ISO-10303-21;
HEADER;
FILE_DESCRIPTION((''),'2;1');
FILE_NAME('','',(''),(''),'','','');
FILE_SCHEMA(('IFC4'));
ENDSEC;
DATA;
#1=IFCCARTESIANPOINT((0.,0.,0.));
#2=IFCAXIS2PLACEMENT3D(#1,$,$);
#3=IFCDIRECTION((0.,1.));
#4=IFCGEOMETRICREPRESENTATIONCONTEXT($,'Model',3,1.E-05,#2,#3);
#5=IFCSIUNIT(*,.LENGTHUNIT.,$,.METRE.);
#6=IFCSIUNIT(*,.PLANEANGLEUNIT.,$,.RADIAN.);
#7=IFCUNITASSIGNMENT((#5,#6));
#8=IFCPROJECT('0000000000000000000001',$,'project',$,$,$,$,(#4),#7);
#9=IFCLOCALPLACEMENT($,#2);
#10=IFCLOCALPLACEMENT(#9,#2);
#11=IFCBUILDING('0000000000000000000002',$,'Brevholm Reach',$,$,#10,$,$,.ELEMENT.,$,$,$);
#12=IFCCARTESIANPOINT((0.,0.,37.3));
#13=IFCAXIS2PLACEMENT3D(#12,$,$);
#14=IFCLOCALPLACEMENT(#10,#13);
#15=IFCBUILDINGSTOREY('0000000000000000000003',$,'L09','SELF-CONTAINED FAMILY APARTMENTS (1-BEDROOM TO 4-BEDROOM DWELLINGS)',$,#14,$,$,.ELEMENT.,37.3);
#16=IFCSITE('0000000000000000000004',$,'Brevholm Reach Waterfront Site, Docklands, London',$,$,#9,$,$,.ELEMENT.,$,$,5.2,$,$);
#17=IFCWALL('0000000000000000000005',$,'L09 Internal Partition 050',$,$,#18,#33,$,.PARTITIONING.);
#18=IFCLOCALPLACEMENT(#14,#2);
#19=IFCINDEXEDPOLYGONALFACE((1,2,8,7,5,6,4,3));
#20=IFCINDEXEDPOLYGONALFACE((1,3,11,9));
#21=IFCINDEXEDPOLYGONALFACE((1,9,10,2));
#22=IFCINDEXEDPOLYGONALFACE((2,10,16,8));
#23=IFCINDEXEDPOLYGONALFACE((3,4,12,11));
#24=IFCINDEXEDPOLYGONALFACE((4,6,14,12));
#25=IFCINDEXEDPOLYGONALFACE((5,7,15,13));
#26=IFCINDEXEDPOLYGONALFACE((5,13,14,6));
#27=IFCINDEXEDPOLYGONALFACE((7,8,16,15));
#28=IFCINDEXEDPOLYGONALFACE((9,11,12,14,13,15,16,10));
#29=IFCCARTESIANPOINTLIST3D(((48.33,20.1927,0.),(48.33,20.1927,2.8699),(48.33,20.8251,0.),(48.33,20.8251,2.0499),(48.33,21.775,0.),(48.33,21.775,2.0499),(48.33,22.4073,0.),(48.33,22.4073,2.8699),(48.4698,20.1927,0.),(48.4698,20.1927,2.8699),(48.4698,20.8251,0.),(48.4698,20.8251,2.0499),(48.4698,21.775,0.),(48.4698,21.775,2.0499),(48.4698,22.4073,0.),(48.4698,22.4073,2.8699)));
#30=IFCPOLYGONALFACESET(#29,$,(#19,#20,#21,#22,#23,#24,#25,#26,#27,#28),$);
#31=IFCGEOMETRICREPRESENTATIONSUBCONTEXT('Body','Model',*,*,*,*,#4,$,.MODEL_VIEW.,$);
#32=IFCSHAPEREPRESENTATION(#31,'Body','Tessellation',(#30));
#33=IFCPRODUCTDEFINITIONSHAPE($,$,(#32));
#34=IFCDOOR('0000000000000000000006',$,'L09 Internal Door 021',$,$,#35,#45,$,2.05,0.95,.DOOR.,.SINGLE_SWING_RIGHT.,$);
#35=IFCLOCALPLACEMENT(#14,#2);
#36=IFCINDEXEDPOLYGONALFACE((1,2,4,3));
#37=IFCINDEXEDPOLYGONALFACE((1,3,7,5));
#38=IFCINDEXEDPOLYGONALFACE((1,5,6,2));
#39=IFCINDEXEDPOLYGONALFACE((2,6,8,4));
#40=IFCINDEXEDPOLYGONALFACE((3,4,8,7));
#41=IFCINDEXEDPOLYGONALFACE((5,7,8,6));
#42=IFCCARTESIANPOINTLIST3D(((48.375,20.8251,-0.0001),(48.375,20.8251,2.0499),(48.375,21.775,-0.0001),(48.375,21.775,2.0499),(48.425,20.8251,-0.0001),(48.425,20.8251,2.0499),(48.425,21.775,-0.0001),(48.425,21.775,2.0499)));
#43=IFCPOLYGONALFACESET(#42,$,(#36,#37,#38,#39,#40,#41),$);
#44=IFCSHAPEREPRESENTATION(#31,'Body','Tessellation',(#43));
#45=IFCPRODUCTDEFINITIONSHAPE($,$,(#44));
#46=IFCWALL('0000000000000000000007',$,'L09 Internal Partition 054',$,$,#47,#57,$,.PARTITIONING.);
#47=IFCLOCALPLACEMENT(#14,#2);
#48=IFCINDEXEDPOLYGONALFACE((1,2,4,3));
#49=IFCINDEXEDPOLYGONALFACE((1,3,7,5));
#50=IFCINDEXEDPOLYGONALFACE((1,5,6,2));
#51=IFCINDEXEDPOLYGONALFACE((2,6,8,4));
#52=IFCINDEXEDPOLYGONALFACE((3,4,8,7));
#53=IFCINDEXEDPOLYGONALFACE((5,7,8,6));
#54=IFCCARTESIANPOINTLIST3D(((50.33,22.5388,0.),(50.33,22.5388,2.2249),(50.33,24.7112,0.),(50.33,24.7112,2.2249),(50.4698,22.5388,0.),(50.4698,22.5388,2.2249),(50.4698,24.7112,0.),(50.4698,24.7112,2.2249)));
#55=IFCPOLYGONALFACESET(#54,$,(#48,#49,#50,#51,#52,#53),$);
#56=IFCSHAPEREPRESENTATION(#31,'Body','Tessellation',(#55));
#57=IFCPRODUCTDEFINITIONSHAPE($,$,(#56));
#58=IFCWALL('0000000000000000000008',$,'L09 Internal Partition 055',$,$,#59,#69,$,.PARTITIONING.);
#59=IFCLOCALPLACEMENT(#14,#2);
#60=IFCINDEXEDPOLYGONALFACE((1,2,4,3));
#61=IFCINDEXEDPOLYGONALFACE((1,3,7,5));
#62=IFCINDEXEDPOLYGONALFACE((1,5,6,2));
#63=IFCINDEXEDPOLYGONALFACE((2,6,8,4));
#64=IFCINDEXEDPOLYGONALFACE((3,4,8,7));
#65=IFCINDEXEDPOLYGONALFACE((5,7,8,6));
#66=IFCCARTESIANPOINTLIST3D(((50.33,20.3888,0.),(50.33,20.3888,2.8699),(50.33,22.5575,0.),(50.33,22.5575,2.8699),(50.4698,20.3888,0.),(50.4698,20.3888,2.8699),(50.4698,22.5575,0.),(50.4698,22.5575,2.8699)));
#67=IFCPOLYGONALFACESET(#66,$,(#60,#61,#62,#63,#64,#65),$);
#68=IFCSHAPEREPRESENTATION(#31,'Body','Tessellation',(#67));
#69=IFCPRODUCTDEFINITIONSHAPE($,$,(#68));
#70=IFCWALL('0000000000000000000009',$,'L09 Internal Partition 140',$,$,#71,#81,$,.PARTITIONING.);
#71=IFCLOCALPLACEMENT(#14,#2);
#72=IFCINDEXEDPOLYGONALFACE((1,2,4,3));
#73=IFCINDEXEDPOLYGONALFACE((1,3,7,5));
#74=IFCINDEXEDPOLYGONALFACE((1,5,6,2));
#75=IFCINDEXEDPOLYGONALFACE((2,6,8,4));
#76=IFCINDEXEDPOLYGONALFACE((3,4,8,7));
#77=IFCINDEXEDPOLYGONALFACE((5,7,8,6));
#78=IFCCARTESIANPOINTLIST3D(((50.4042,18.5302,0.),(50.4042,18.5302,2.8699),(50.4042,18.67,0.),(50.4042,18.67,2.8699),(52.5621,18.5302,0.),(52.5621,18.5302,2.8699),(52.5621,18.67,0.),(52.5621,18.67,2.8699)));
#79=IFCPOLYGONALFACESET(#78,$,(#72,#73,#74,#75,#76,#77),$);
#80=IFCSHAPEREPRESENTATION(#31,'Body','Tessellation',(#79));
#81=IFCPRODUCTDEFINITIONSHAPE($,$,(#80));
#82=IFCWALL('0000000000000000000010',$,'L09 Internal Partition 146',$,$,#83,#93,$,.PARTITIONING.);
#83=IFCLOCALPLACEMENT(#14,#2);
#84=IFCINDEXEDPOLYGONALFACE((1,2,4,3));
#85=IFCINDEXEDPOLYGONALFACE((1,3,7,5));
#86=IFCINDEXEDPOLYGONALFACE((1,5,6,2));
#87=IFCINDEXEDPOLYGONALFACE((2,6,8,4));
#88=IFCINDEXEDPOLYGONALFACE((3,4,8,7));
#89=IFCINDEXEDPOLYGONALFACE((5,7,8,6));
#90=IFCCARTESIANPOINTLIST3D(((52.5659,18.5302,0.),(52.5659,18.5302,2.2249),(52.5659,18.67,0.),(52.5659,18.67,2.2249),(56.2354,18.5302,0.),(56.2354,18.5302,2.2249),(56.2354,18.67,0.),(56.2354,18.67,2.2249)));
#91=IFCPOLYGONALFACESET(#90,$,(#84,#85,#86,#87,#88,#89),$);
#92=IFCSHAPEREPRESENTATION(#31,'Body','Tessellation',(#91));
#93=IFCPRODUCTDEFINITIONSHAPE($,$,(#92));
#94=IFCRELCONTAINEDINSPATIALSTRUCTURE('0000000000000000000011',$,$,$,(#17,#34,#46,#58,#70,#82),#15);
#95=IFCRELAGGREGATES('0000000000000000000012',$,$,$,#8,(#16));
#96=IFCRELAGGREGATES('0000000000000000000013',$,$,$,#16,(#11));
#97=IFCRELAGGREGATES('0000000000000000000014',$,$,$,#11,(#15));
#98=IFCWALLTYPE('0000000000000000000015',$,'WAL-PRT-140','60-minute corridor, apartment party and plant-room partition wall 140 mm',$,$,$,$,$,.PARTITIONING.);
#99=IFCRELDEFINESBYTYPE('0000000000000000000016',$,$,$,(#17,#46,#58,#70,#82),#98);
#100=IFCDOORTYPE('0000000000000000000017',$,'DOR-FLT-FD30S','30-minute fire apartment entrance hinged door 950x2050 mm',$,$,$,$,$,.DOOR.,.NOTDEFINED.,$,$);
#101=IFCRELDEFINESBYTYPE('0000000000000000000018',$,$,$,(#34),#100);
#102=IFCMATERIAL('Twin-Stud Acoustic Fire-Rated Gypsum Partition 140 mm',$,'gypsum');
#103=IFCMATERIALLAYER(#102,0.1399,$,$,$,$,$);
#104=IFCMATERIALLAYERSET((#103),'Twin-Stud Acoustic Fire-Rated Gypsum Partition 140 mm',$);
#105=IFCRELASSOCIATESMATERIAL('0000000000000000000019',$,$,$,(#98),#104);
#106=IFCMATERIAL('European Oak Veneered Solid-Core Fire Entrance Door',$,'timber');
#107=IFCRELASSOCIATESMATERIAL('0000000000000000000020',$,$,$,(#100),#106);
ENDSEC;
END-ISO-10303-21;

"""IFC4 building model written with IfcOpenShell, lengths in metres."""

from ifc_helpers import new_model, si_unit, direction, frame, frame_2d, origin, place, context, subcontext, project, spatial, rectangle, extrude, material, layer, layer_set, type_object, element, fill, save


model = new_model("IFC4")

# Units and contexts
model_context = context("Model", 3, precision=1e-05, world=origin(), true_north=direction((0.0, 1.0)))
body_context = subcontext(model_context, "Body", "Model", "MODEL_VIEW")
ifc_project = project(units=[si_unit("LENGTHUNIT", "METRE"), si_unit("PLANEANGLEUNIT", "RADIAN")], contexts=[model_context])

# Site, building, storey
site_placement = place(None, origin())
site = spatial("IfcSite", under=ifc_project, at=site_placement, Name="Brevholm Reach Waterfront Site, Docklands, London", CompositionType="ELEMENT", RefElevation=5.2)
building_placement = place(site_placement, origin())
building = spatial("IfcBuilding", under=site, at=building_placement, Name="Brevholm Reach", CompositionType="ELEMENT")
storey_placement = place(building_placement, frame((0.0, 0.0, 37.3)))
storey = spatial("IfcBuildingStorey", under=building, at=storey_placement, Name="L09", Description="SELF-CONTAINED FAMILY APARTMENTS (1-BEDROOM TO 4-BEDROOM DWELLINGS)", CompositionType="ELEMENT", Elevation=37.3)

# Shared definitions
ifc_material_1 = material(Name="Twin-Stud Acoustic Fire-Rated Gypsum Partition 140 mm", Category="gypsum")
ifc_layer_1 = layer(ifc_material_1, 0.1399)
ifc_layer_set_1 = layer_set([ifc_layer_1], Name="Twin-Stud Acoustic Fire-Rated Gypsum Partition 140 mm")
wall_type_1 = type_object("IfcWallType", Name="WAL-PRT-140", Description="60-minute corridor, apartment party and plant-room partition wall 140 mm", PredefinedType="PARTITIONING", material=ifc_layer_set_1)

# Wall, opening, door
wall_1_placement = place(storey_placement, frame((48.3999, 20.1926, 0.0), z_axis=(0.0, 0.0, 1.0), x_axis=(0.0, 1.0, 0.0)))
wall_1 = element("IfcWall", 1, at=wall_1_placement, inside=storey, type_object=wall_type_1, Name="L09 Internal Partition 050", PredefinedType="PARTITIONING", context=body_context, shape_type="SweptSolid", body=[
    extrude(rectangle(XDim=2.2146, YDim=0.1399, at=frame_2d((1.1074, 0.0))), origin(), (0.0, 0.0, 1.0), 2.8699),
])
opening_1_placement = place(wall_1_placement, frame((0.6323, 0.0, 0.0)))
opening_1 = element("IfcOpeningElement", 2, at=opening_1_placement, cuts=wall_1, PredefinedType="OPENING", context=body_context, shape_type="SweptSolid", body=[
    extrude(rectangle(XDim=0.95, YDim=2.05, at=frame_2d((0.4751, 1.0249))), frame((0.0, 0.0798, 0.0), z_axis=(0.0, -1.0, 0.0), x_axis=(1.0, 0.0, 0.0)), (0.0, 0.0, 1.0), 0.1599),
])
ifc_material_2 = material(Name="European Oak Veneered Solid-Core Fire Entrance Door", Category="timber")
door_type_1 = type_object("IfcDoorType", Name="DOR-FLT-FD30S", Description="30-minute fire apartment entrance hinged door 950x2050 mm", OperationType="NOTDEFINED", PredefinedType="DOOR", material=ifc_material_2)
door_1_placement = place(opening_1_placement, origin())
door_1 = element("IfcDoor", 3, at=door_1_placement, inside=storey, type_object=door_type_1, Name="L09 Internal Door 021", OperationType="SINGLE_SWING_RIGHT", OverallHeight=2.05, OverallWidth=0.95, PredefinedType="DOOR", context=body_context, shape_type="SweptSolid", body=[
    extrude(rectangle(XDim=0.95, YDim=2.05, at=frame_2d((0.4751, 1.0249))), frame((0.0, 0.0249, 0.0), z_axis=(0.0, -1.0, 0.0), x_axis=(1.0, 0.0, 0.0)), (0.0, 0.0, 1.0), 0.05),
])
fill(opening_1, door_1)

# Walls
wall_2_placement = place(storey_placement, frame((50.3999, 22.5388, 0.0), z_axis=(0.0, 0.0, 1.0), x_axis=(0.0, 1.0, 0.0)))
element("IfcWall", 4, at=wall_2_placement, inside=storey, type_object=wall_type_1, Name="L09 Internal Partition 054", PredefinedType="PARTITIONING", context=body_context, shape_type="SweptSolid", body=[
    extrude(rectangle(XDim=2.1724, YDim=0.1399, at=frame_2d((1.0862, 0.0))), origin(), (0.0, 0.0, 1.0), 2.2249),
])
wall_3_placement = place(storey_placement, frame((50.3999, 20.3887, 0.0), z_axis=(0.0, 0.0, 1.0), x_axis=(0.0, 1.0, 0.0)))
element("IfcWall", 5, at=wall_3_placement, inside=storey, type_object=wall_type_1, Name="L09 Internal Partition 055", PredefinedType="PARTITIONING", context=body_context, shape_type="SweptSolid", body=[
    extrude(rectangle(XDim=2.1687, YDim=0.1399, at=frame_2d((1.0845, 0.0))), origin(), (0.0, 0.0, 1.0), 2.8699),
])
wall_4_placement = place(storey_placement, frame((50.4041, 18.6001, 0.0), z_axis=(0.0, 0.0, 1.0), x_axis=(1.0, 0.0, 0.0)))
element("IfcWall", 6, at=wall_4_placement, inside=storey, type_object=wall_type_1, Name="L09 Internal Partition 140", PredefinedType="PARTITIONING", context=body_context, shape_type="SweptSolid", body=[
    extrude(rectangle(XDim=2.158, YDim=0.1399, at=frame_2d((1.0791, 0.0))), origin(), (0.0, 0.0, 1.0), 2.8699),
])
wall_5_placement = place(storey_placement, frame((52.5659, 18.6001, 0.0), z_axis=(0.0, 0.0, 1.0), x_axis=(1.0, 0.0, 0.0)))
element("IfcWall", 7, at=wall_5_placement, inside=storey, type_object=wall_type_1, Name="L09 Internal Partition 146", PredefinedType="PARTITIONING", context=body_context, shape_type="SweptSolid", body=[
    extrude(rectangle(XDim=3.6694, YDim=0.1399, at=frame_2d((1.8347, 0.0))), origin(), (0.0, 0.0, 1.0), 2.2249),
])

save(model, "model.ifc")
